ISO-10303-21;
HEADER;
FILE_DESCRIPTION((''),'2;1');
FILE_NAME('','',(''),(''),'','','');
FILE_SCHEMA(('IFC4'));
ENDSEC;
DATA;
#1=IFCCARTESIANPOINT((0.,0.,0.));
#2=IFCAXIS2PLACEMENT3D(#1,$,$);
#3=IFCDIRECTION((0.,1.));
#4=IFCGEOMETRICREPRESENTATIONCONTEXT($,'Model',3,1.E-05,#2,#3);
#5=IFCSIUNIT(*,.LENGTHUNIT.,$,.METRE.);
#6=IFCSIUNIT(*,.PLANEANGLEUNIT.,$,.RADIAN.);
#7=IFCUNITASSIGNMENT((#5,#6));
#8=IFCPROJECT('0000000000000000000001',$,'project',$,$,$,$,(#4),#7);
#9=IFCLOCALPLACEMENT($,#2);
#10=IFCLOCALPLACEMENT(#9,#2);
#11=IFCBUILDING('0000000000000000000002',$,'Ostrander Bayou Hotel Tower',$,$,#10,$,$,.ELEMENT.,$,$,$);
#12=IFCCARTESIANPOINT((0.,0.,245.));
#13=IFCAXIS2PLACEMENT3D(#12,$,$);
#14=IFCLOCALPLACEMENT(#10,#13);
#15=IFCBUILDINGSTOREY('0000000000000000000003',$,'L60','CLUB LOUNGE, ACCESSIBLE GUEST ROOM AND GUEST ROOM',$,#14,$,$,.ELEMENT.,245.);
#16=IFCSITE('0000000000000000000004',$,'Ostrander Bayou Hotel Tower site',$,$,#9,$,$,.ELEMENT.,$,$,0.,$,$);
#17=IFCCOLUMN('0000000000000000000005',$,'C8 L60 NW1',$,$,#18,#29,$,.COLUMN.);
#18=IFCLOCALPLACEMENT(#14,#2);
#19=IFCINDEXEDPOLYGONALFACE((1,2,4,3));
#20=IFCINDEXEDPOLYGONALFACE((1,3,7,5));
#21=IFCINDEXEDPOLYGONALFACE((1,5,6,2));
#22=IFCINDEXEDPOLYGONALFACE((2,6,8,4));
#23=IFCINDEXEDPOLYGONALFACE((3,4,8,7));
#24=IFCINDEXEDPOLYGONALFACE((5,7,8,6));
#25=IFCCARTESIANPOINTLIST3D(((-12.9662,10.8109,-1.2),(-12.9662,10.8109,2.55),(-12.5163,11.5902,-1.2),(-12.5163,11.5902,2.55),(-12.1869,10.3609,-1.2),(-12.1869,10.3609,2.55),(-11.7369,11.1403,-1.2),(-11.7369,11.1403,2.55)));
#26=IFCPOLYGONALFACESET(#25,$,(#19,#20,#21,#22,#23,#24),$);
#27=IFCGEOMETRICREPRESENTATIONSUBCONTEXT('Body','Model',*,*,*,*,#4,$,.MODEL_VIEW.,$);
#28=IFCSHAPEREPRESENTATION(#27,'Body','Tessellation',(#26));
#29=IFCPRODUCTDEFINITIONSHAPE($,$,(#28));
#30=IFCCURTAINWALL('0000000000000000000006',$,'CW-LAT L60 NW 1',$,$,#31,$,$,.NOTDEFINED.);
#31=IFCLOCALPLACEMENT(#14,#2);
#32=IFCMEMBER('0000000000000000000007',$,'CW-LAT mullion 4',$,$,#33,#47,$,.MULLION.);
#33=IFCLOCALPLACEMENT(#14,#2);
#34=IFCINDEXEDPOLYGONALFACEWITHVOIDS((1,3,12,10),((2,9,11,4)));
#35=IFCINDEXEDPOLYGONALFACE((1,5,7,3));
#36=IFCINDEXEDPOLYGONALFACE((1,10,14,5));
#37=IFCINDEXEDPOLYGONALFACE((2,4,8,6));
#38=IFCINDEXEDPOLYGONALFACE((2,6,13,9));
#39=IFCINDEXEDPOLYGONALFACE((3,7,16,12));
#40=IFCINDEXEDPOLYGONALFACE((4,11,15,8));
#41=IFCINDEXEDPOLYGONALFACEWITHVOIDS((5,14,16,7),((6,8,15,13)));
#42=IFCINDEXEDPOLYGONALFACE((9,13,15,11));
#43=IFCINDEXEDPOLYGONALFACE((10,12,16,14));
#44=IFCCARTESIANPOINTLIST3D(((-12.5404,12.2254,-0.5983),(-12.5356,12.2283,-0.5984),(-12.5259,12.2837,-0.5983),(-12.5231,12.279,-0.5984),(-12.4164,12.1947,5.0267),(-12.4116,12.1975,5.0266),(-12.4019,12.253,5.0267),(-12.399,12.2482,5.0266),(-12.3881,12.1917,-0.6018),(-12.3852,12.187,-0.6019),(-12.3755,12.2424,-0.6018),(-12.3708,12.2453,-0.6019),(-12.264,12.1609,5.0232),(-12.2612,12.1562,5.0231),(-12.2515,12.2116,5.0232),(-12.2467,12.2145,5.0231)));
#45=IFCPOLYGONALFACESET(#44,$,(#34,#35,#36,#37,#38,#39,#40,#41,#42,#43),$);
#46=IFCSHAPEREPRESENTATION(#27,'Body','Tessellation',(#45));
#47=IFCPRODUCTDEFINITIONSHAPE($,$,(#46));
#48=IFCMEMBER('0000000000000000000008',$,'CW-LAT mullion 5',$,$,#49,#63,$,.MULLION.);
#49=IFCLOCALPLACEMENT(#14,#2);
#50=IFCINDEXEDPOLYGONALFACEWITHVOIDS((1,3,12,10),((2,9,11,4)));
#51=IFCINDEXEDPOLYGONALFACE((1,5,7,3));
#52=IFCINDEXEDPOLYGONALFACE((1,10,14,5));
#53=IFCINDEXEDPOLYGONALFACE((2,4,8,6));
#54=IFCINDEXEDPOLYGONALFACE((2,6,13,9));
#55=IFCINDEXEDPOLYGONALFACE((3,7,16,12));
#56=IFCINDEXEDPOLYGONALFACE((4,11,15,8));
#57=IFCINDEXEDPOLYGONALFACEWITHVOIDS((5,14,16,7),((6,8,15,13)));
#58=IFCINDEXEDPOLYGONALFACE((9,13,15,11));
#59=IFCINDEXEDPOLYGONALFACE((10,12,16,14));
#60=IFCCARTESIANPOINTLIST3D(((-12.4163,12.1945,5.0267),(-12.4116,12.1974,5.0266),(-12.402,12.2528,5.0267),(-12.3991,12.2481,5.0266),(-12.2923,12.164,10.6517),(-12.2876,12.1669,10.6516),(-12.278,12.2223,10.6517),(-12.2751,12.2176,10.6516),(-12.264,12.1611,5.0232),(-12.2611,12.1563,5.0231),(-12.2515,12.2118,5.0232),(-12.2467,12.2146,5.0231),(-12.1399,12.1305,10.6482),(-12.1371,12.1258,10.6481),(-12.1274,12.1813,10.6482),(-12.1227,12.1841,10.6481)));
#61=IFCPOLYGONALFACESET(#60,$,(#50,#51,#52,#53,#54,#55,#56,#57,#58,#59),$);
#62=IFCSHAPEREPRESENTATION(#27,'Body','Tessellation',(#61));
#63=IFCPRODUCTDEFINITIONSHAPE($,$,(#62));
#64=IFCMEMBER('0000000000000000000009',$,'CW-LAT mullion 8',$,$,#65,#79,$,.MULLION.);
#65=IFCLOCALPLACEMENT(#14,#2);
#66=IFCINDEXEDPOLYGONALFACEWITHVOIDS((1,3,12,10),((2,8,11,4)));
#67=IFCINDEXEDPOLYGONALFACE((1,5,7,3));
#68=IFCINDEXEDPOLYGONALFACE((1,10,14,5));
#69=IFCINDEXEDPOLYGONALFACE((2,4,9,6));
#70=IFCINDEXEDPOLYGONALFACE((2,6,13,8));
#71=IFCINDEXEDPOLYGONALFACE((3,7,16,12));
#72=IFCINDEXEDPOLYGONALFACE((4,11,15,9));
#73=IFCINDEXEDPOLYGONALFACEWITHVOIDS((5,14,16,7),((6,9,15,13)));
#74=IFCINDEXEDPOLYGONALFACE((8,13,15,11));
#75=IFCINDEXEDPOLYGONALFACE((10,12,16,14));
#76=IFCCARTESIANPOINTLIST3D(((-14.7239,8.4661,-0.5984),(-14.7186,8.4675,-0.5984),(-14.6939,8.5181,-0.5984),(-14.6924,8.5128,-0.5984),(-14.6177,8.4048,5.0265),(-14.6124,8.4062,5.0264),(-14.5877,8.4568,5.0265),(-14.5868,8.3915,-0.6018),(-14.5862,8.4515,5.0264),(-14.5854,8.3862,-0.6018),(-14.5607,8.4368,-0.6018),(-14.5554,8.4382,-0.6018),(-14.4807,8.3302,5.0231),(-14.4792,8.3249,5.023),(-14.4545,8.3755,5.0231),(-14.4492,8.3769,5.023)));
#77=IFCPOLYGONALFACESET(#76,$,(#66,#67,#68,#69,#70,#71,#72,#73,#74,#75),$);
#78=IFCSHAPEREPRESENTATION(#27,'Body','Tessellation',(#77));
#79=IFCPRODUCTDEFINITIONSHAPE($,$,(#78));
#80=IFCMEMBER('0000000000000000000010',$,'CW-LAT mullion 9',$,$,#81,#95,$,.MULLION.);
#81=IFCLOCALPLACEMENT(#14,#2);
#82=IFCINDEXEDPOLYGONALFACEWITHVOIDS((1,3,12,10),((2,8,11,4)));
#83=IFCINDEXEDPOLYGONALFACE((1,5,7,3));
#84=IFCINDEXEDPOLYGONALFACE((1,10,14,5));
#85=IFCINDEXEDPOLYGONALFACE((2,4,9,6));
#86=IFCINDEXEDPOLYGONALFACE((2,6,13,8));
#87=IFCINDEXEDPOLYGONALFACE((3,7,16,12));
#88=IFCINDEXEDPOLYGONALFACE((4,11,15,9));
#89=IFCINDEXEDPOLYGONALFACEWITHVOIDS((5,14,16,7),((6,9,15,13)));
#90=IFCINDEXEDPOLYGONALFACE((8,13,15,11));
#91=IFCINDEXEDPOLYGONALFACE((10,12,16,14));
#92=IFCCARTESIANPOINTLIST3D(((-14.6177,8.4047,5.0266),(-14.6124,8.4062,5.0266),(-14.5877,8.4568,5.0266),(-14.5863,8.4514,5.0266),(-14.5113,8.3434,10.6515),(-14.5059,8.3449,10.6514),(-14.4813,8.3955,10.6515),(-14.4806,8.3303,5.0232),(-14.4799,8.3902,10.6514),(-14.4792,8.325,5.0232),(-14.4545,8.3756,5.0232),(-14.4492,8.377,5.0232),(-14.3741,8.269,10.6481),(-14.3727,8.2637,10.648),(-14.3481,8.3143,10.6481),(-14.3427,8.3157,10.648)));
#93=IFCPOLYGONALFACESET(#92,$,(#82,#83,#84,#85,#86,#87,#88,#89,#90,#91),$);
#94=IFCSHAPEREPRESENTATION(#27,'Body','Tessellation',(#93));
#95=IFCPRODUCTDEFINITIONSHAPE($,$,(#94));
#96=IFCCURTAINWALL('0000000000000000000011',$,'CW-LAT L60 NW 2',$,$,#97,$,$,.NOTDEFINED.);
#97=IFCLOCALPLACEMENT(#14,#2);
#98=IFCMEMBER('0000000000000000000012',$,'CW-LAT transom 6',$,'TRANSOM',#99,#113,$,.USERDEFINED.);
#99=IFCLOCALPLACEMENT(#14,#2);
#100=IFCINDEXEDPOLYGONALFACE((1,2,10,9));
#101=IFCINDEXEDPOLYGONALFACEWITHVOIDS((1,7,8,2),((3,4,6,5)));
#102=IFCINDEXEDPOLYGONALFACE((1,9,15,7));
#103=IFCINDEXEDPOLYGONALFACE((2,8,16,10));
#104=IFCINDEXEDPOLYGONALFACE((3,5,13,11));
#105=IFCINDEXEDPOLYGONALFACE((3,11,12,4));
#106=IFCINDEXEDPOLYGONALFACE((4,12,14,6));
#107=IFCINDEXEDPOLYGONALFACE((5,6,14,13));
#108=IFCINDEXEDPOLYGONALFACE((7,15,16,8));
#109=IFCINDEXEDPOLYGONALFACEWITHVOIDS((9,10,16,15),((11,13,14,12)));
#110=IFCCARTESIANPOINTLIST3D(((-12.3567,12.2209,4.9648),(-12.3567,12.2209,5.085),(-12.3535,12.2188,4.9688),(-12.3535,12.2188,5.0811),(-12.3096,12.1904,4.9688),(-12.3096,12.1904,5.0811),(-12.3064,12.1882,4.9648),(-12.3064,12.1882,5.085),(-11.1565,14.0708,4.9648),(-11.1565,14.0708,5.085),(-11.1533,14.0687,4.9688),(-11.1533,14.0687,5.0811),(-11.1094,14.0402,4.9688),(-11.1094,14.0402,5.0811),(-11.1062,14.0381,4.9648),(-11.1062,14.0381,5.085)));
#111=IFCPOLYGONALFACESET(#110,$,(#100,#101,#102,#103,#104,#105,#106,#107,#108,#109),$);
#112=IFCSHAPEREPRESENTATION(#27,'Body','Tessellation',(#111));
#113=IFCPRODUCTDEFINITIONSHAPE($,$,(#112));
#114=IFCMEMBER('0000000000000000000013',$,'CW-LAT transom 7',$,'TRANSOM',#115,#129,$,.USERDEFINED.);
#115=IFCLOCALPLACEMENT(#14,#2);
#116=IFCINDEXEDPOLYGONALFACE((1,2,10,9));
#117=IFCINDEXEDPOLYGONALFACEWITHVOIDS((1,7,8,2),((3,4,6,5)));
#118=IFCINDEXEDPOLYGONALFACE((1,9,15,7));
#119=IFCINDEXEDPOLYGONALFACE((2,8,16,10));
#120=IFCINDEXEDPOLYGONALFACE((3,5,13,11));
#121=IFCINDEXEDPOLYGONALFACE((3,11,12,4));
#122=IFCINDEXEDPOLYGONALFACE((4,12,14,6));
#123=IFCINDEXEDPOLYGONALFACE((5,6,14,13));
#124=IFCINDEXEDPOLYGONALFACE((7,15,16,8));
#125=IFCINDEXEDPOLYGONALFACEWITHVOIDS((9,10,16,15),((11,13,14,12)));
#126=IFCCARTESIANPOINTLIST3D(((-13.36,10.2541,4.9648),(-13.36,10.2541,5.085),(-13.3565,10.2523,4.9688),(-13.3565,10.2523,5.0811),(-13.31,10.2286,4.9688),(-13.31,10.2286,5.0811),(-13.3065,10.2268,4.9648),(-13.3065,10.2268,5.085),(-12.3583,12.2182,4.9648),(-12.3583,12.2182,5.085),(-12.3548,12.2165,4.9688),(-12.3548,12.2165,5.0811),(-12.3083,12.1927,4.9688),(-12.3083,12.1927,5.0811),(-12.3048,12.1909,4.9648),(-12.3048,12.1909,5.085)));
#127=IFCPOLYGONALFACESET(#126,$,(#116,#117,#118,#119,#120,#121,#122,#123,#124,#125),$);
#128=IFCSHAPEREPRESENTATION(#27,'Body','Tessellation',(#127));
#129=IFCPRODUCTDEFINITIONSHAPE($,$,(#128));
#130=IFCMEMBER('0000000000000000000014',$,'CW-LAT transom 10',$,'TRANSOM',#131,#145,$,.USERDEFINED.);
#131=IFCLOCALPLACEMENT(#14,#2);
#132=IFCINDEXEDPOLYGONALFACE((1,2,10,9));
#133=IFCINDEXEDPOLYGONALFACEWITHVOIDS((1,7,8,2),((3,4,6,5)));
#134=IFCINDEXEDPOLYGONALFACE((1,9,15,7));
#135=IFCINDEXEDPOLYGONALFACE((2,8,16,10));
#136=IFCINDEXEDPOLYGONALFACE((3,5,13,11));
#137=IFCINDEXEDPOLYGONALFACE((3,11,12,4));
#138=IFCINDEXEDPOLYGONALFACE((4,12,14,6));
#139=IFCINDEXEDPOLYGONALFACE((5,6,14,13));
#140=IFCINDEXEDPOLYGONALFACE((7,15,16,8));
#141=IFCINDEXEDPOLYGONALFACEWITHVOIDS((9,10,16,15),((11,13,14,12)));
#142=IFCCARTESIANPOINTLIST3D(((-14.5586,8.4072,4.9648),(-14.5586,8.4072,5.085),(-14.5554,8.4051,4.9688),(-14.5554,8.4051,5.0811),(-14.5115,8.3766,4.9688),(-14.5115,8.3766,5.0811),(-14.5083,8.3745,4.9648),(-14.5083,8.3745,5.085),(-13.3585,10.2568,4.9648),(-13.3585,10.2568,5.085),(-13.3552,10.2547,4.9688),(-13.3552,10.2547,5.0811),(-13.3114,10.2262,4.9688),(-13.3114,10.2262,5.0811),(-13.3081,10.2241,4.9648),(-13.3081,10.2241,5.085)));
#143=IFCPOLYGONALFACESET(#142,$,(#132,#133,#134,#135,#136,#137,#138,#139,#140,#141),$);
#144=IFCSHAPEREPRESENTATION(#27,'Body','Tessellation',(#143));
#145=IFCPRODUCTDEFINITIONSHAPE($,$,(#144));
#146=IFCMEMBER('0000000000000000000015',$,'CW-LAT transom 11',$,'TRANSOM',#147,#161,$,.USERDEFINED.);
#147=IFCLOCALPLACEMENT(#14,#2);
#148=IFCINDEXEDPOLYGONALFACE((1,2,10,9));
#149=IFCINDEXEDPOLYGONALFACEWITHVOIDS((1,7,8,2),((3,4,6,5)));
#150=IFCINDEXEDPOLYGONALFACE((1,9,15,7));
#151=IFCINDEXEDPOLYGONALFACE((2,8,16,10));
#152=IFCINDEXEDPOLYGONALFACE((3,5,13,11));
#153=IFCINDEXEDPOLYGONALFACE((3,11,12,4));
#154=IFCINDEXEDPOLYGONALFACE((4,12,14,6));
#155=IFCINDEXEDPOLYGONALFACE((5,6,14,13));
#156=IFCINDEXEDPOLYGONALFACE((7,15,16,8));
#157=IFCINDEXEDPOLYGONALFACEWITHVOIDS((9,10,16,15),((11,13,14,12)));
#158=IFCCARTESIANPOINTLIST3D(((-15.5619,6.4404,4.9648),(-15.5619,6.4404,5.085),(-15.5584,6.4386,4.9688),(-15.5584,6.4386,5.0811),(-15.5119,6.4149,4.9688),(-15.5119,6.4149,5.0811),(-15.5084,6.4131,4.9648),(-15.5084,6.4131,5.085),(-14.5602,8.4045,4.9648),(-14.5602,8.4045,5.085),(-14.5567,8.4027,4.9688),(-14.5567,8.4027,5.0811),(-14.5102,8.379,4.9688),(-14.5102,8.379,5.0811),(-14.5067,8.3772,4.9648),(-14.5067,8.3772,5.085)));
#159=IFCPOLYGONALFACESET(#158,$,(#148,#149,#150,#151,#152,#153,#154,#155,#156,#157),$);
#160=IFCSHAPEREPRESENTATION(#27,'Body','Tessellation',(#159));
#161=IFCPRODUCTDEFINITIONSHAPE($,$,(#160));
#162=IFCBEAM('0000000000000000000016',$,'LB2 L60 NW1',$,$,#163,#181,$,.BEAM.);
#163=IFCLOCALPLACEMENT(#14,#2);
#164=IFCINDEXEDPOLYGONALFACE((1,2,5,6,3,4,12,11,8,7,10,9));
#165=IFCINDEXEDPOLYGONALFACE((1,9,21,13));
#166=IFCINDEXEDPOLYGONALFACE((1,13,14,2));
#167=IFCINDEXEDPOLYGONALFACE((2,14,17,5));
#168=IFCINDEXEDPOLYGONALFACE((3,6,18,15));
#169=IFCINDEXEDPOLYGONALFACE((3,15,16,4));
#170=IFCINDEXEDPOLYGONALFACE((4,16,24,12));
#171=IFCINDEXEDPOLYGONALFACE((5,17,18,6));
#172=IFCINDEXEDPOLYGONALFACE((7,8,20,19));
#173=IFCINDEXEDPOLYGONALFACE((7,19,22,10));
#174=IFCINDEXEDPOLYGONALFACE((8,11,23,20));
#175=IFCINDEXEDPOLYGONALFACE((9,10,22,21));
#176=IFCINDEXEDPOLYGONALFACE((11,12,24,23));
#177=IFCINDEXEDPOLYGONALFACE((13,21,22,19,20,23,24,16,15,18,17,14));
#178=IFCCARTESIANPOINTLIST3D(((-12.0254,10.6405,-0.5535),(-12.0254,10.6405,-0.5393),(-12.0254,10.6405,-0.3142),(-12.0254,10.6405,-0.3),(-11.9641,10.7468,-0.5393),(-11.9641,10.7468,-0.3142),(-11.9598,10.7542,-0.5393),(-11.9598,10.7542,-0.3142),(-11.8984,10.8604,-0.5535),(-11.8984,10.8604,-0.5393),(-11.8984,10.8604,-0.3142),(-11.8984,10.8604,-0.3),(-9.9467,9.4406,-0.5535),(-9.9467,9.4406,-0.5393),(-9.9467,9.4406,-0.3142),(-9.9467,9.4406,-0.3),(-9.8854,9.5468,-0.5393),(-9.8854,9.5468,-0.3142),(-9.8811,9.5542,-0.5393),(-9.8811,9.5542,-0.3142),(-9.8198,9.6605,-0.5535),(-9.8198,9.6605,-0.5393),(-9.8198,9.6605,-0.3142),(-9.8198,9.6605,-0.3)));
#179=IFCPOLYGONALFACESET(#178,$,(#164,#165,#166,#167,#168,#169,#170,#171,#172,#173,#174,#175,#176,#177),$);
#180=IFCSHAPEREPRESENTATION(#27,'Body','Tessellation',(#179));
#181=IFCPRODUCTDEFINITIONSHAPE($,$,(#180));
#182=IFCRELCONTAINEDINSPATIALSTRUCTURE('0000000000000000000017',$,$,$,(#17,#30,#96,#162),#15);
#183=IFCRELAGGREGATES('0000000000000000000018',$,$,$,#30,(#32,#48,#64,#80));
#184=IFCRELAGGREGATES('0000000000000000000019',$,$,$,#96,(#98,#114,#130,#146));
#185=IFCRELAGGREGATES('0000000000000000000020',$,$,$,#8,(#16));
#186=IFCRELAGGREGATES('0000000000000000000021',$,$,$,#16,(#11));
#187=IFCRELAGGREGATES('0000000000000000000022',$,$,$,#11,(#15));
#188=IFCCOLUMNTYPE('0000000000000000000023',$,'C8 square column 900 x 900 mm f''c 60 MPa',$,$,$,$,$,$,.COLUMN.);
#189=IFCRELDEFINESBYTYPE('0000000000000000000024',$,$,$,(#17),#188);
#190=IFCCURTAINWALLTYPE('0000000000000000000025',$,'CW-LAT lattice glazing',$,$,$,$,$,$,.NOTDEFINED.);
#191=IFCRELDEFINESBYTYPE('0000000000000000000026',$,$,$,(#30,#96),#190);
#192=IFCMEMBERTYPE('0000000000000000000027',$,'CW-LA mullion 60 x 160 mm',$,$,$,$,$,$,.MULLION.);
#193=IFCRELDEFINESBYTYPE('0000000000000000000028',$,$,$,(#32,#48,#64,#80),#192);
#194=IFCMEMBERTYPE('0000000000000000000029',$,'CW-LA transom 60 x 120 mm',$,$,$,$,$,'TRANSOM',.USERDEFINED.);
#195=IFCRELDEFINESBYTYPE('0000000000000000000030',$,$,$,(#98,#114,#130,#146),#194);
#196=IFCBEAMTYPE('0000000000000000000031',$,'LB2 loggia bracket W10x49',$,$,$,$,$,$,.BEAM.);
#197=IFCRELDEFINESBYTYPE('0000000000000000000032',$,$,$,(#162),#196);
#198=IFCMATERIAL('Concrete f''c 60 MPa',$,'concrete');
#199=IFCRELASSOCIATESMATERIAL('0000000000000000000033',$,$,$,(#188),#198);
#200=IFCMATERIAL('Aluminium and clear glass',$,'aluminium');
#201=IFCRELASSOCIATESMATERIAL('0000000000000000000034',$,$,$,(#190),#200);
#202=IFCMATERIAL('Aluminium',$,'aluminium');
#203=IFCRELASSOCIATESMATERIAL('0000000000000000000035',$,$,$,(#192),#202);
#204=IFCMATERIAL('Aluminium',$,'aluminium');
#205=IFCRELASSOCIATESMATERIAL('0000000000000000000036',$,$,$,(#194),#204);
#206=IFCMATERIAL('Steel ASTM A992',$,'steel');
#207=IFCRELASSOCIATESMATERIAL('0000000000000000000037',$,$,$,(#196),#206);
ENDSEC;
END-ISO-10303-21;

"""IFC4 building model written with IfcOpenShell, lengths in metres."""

from ifc_helpers import new_model, si_unit, direction, frame, origin, origin_2d, place, context, subcontext, project, spatial, rectangle, hollow_rectangle, i_section, extrude, material, material_profile, profile_set, type_object, element, aggregate, save


model = new_model("IFC4")

# Units and contexts
model_context = context("Model", 3, precision=1e-05, world=origin(), true_north=direction((0.0, 1.0)))
body_context = subcontext(model_context, "Body", "Model", "MODEL_VIEW")
ifc_project = project(units=[si_unit("LENGTHUNIT", "METRE"), si_unit("PLANEANGLEUNIT", "RADIAN")], contexts=[model_context])

# Site, building, storey
site_placement = place(None, origin())
site = spatial("IfcSite", under=ifc_project, at=site_placement, Name="Ostrander Bayou Hotel Tower site", CompositionType="ELEMENT", RefElevation=0.0)
building_placement = place(site_placement, origin())
building = spatial("IfcBuilding", under=site, at=building_placement, Name="Ostrander Bayou Hotel Tower", CompositionType="ELEMENT")
storey_placement = place(building_placement, frame((0.0, 0.0, 245.0)))
storey = spatial("IfcBuildingStorey", under=building, at=storey_placement, Name="L60", Description="CLUB LOUNGE, ACCESSIBLE GUEST ROOM AND GUEST ROOM", CompositionType="ELEMENT", Elevation=245.0)

# Column
ifc_material_1 = material(Name="Concrete f'c 60 MPa", Category="concrete")
ifc_material_profile_1 = material_profile(ifc_material_1, rectangle(XDim=0.8999, YDim=0.8999, at=origin_2d()))
ifc_profile_set_1 = profile_set([ifc_material_profile_1], Name="Concrete f'c 60 MPa")
column_type = type_object("IfcColumnType", Name="C8 square column 900 x 900 mm f'c 60 MPa", PredefinedType="COLUMN", material=ifc_profile_set_1)
column_placement = place(storey_placement, frame((-12.3516, 10.9756, -1.2), z_axis=(0.0, 0.0, 1.0), x_axis=(0.5, 0.866025, 0.0)))
element("IfcColumn", 1, at=column_placement, inside=storey, type_object=column_type, Name="C8 L60 NW1", PredefinedType="COLUMN", context=body_context, shape_type="SweptSolid", body=[
    extrude(rectangle(XDim=0.8999, YDim=0.8999, at=origin_2d()), origin(), (0.0, 0.0, 1.0), 3.75),
])

# Curtain walls, members
ifc_material_2 = material(Name="Aluminium and clear glass", Category="aluminium")
curtain_wall_type = type_object("IfcCurtainWallType", Name="CW-LAT lattice glazing", PredefinedType="NOTDEFINED", material=ifc_material_2)
curtain_wall_1_placement = place(storey_placement, origin())
curtain_wall_1 = element("IfcCurtainWall", 2, at=curtain_wall_1_placement, inside=storey, type_object=curtain_wall_type, Name="CW-LAT L60 NW 1", PredefinedType="NOTDEFINED")
ifc_material_3 = material(Name="Aluminium", Category="aluminium")
ifc_material_profile_2 = material_profile(ifc_material_3, hollow_rectangle(XDim=0.0601, YDim=0.1599, WallThickness=0.0039, at=origin_2d()))
ifc_profile_set_2 = profile_set([ifc_material_profile_2], Name="Aluminium")
member_type_1 = type_object("IfcMemberType", Name="CW-LA mullion 60 x 160 mm", PredefinedType="MULLION", material=ifc_profile_set_2)
member_1_placement = place(storey_placement, frame((-12.4556, 12.2354, -0.6001), z_axis=(0.022043, -0.005467, 0.999742), x_axis=(0.240737, 0.97059, 0.0)))
member_1 = element("IfcMember", 3, at=member_1_placement, type_object=member_type_1, Name="CW-LAT mullion 4", PredefinedType="MULLION", context=body_context, shape_type="SweptSolid", body=[
    extrude(hollow_rectangle(XDim=0.0601, YDim=0.1599, WallThickness=0.0039, at=origin_2d()), origin(), (0.0, 0.0, 1.0), 5.6265),
])
member_2_placement = place(storey_placement, frame((-12.3315, 12.2046, 5.0249), z_axis=(0.022043, -0.005424, 0.999742), x_axis=(0.238936, 0.971035, 0.0)))
member_2 = element("IfcMember", 4, at=member_2_placement, type_object=member_type_1, Name="CW-LAT mullion 5", PredefinedType="MULLION", context=body_context, shape_type="SweptSolid", body=[
    extrude(hollow_rectangle(XDim=0.0601, YDim=0.1599, WallThickness=0.0039, at=origin_2d()), origin(), (0.0, 0.0, 1.0), 5.6265),
])
member_3_placement = place(storey_placement, frame((-14.6396, 8.4521, -0.6001), z_axis=(0.018876, -0.010892, 0.999763), x_axis=(0.49978, 0.866152, 0.0)))
member_3 = element("IfcMember", 5, at=member_3_placement, type_object=member_type_1, Name="CW-LAT mullion 8", PredefinedType="MULLION", context=body_context, shape_type="SweptSolid", body=[
    extrude(hollow_rectangle(XDim=0.0601, YDim=0.1599, WallThickness=0.0039, at=origin_2d()), origin(), (0.0, 0.0, 1.0), 5.6262),
])
member_4_placement = place(storey_placement, frame((-14.5334, 8.3909, 5.0249), z_axis=(0.018919, -0.010892, 0.999762), x_axis=(0.498919, 0.866649, 0.0)))
member_4 = element("IfcMember", 6, at=member_4_placement, type_object=member_type_1, Name="CW-LAT mullion 9", PredefinedType="MULLION", context=body_context, shape_type="SweptSolid", body=[
    extrude(hollow_rectangle(XDim=0.0601, YDim=0.1599, WallThickness=0.0039, at=origin_2d()), origin(), (0.0, 0.0, 1.0), 5.6262),
])
curtain_wall_2_placement = place(storey_placement, origin())
curtain_wall_2 = element("IfcCurtainWall", 7, at=curtain_wall_2_placement, inside=storey, type_object=curtain_wall_type, Name="CW-LAT L60 NW 2", PredefinedType="NOTDEFINED")
ifc_material_4 = material(Name="Aluminium", Category="aluminium")
ifc_material_profile_3 = material_profile(ifc_material_4, hollow_rectangle(XDim=0.0601, YDim=0.1201, WallThickness=0.0039, at=origin_2d()))
ifc_profile_set_3 = profile_set([ifc_material_profile_3], Name="Aluminium")
member_type_2 = type_object("IfcMemberType", Name="CW-LA transom 60 x 120 mm", ElementType="TRANSOM", PredefinedType="USERDEFINED", material=ifc_profile_set_3)
member_5_placement = place(storey_placement, frame((-12.3315, 12.2046, 5.0249), z_axis=(0.544284, 0.838901, 0.0), x_axis=(-0.838901, 0.544284, 0.0)))
member_5 = element("IfcMember", 8, at=member_5_placement, type_object=member_type_2, Name="CW-LAT transom 6", ObjectType="TRANSOM", PredefinedType="USERDEFINED", context=body_context, shape_type="SweptSolid", body=[
    extrude(hollow_rectangle(XDim=0.0601, YDim=0.1201, WallThickness=0.0039, at=origin_2d()), origin(), (0.0, 0.0, 1.0), 2.2051),
])
member_6_placement = place(storey_placement, frame((-12.3315, 12.2046, 5.0249), z_axis=(-0.45433, -0.890833, 0.0), x_axis=(0.890833, -0.45433, 0.0)))
member_6 = element("IfcMember", 9, at=member_6_placement, type_object=member_type_2, Name="CW-LAT transom 7", ObjectType="TRANSOM", PredefinedType="USERDEFINED", context=body_context, shape_type="SweptSolid", body=[
    extrude(hollow_rectangle(XDim=0.0601, YDim=0.1201, WallThickness=0.0039, at=origin_2d()), origin(), (0.0, 0.0, 1.0), 2.2048),
])
member_7_placement = place(storey_placement, frame((-14.5334, 8.3909, 5.0249), z_axis=(0.544334, 0.838868, 0.0), x_axis=(-0.838868, 0.544334, 0.0)))
member_7 = element("IfcMember", 10, at=member_7_placement, type_object=member_type_2, Name="CW-LAT transom 10", ObjectType="TRANSOM", PredefinedType="USERDEFINED", context=body_context, shape_type="SweptSolid", body=[
    extrude(hollow_rectangle(XDim=0.0601, YDim=0.1201, WallThickness=0.0039, at=origin_2d()), origin(), (0.0, 0.0, 1.0), 2.2048),
])
member_8_placement = place(storey_placement, frame((-14.5334, 8.3909, 5.0249), z_axis=(-0.45433, -0.890833, 0.0), x_axis=(0.890833, -0.45433, 0.0)))
member_8 = element("IfcMember", 11, at=member_8_placement, type_object=member_type_2, Name="CW-LAT transom 11", ObjectType="TRANSOM", PredefinedType="USERDEFINED", context=body_context, shape_type="SweptSolid", body=[
    extrude(hollow_rectangle(XDim=0.0601, YDim=0.1201, WallThickness=0.0039, at=origin_2d()), origin(), (0.0, 0.0, 1.0), 2.2048),
])

# Beam
ifc_material_5 = material(Name="Steel ASTM A992", Category="steel")
ifc_material_profile_4 = material_profile(ifc_material_5, i_section(OverallWidth=0.2539, OverallDepth=0.2534, WebThickness=0.0085, FlangeThickness=0.0142, at=origin_2d()))
ifc_profile_set_4 = profile_set([ifc_material_profile_4], Name="Steel ASTM A992")
beam_type_1 = type_object("IfcBeamType", Name="LB2 loggia bracket W10x49", PredefinedType="BEAM", material=ifc_profile_set_4)
beam_1_placement = place(storey_placement, frame((-11.9619, 10.7505, -0.4268), z_axis=(0.86605, -0.499957, 0.0), x_axis=(0.499957, 0.86605, 0.0)))
element("IfcBeam", 12, at=beam_1_placement, inside=storey, type_object=beam_type_1, Name="LB2 L60 NW1", PredefinedType="BEAM", context=body_context, shape_type="SweptSolid", body=[
    extrude(i_section(OverallWidth=0.2539, OverallDepth=0.2534, WebThickness=0.0085, FlangeThickness=0.0142, at=origin_2d()), origin(), (0.0, 0.0, 1.0), 2.4001),
])

aggregate(curtain_wall_1, [member_1, member_2, member_3, member_4])
aggregate(curtain_wall_2, [member_5, member_6, member_7, member_8])

save(model, "model.ifc")
